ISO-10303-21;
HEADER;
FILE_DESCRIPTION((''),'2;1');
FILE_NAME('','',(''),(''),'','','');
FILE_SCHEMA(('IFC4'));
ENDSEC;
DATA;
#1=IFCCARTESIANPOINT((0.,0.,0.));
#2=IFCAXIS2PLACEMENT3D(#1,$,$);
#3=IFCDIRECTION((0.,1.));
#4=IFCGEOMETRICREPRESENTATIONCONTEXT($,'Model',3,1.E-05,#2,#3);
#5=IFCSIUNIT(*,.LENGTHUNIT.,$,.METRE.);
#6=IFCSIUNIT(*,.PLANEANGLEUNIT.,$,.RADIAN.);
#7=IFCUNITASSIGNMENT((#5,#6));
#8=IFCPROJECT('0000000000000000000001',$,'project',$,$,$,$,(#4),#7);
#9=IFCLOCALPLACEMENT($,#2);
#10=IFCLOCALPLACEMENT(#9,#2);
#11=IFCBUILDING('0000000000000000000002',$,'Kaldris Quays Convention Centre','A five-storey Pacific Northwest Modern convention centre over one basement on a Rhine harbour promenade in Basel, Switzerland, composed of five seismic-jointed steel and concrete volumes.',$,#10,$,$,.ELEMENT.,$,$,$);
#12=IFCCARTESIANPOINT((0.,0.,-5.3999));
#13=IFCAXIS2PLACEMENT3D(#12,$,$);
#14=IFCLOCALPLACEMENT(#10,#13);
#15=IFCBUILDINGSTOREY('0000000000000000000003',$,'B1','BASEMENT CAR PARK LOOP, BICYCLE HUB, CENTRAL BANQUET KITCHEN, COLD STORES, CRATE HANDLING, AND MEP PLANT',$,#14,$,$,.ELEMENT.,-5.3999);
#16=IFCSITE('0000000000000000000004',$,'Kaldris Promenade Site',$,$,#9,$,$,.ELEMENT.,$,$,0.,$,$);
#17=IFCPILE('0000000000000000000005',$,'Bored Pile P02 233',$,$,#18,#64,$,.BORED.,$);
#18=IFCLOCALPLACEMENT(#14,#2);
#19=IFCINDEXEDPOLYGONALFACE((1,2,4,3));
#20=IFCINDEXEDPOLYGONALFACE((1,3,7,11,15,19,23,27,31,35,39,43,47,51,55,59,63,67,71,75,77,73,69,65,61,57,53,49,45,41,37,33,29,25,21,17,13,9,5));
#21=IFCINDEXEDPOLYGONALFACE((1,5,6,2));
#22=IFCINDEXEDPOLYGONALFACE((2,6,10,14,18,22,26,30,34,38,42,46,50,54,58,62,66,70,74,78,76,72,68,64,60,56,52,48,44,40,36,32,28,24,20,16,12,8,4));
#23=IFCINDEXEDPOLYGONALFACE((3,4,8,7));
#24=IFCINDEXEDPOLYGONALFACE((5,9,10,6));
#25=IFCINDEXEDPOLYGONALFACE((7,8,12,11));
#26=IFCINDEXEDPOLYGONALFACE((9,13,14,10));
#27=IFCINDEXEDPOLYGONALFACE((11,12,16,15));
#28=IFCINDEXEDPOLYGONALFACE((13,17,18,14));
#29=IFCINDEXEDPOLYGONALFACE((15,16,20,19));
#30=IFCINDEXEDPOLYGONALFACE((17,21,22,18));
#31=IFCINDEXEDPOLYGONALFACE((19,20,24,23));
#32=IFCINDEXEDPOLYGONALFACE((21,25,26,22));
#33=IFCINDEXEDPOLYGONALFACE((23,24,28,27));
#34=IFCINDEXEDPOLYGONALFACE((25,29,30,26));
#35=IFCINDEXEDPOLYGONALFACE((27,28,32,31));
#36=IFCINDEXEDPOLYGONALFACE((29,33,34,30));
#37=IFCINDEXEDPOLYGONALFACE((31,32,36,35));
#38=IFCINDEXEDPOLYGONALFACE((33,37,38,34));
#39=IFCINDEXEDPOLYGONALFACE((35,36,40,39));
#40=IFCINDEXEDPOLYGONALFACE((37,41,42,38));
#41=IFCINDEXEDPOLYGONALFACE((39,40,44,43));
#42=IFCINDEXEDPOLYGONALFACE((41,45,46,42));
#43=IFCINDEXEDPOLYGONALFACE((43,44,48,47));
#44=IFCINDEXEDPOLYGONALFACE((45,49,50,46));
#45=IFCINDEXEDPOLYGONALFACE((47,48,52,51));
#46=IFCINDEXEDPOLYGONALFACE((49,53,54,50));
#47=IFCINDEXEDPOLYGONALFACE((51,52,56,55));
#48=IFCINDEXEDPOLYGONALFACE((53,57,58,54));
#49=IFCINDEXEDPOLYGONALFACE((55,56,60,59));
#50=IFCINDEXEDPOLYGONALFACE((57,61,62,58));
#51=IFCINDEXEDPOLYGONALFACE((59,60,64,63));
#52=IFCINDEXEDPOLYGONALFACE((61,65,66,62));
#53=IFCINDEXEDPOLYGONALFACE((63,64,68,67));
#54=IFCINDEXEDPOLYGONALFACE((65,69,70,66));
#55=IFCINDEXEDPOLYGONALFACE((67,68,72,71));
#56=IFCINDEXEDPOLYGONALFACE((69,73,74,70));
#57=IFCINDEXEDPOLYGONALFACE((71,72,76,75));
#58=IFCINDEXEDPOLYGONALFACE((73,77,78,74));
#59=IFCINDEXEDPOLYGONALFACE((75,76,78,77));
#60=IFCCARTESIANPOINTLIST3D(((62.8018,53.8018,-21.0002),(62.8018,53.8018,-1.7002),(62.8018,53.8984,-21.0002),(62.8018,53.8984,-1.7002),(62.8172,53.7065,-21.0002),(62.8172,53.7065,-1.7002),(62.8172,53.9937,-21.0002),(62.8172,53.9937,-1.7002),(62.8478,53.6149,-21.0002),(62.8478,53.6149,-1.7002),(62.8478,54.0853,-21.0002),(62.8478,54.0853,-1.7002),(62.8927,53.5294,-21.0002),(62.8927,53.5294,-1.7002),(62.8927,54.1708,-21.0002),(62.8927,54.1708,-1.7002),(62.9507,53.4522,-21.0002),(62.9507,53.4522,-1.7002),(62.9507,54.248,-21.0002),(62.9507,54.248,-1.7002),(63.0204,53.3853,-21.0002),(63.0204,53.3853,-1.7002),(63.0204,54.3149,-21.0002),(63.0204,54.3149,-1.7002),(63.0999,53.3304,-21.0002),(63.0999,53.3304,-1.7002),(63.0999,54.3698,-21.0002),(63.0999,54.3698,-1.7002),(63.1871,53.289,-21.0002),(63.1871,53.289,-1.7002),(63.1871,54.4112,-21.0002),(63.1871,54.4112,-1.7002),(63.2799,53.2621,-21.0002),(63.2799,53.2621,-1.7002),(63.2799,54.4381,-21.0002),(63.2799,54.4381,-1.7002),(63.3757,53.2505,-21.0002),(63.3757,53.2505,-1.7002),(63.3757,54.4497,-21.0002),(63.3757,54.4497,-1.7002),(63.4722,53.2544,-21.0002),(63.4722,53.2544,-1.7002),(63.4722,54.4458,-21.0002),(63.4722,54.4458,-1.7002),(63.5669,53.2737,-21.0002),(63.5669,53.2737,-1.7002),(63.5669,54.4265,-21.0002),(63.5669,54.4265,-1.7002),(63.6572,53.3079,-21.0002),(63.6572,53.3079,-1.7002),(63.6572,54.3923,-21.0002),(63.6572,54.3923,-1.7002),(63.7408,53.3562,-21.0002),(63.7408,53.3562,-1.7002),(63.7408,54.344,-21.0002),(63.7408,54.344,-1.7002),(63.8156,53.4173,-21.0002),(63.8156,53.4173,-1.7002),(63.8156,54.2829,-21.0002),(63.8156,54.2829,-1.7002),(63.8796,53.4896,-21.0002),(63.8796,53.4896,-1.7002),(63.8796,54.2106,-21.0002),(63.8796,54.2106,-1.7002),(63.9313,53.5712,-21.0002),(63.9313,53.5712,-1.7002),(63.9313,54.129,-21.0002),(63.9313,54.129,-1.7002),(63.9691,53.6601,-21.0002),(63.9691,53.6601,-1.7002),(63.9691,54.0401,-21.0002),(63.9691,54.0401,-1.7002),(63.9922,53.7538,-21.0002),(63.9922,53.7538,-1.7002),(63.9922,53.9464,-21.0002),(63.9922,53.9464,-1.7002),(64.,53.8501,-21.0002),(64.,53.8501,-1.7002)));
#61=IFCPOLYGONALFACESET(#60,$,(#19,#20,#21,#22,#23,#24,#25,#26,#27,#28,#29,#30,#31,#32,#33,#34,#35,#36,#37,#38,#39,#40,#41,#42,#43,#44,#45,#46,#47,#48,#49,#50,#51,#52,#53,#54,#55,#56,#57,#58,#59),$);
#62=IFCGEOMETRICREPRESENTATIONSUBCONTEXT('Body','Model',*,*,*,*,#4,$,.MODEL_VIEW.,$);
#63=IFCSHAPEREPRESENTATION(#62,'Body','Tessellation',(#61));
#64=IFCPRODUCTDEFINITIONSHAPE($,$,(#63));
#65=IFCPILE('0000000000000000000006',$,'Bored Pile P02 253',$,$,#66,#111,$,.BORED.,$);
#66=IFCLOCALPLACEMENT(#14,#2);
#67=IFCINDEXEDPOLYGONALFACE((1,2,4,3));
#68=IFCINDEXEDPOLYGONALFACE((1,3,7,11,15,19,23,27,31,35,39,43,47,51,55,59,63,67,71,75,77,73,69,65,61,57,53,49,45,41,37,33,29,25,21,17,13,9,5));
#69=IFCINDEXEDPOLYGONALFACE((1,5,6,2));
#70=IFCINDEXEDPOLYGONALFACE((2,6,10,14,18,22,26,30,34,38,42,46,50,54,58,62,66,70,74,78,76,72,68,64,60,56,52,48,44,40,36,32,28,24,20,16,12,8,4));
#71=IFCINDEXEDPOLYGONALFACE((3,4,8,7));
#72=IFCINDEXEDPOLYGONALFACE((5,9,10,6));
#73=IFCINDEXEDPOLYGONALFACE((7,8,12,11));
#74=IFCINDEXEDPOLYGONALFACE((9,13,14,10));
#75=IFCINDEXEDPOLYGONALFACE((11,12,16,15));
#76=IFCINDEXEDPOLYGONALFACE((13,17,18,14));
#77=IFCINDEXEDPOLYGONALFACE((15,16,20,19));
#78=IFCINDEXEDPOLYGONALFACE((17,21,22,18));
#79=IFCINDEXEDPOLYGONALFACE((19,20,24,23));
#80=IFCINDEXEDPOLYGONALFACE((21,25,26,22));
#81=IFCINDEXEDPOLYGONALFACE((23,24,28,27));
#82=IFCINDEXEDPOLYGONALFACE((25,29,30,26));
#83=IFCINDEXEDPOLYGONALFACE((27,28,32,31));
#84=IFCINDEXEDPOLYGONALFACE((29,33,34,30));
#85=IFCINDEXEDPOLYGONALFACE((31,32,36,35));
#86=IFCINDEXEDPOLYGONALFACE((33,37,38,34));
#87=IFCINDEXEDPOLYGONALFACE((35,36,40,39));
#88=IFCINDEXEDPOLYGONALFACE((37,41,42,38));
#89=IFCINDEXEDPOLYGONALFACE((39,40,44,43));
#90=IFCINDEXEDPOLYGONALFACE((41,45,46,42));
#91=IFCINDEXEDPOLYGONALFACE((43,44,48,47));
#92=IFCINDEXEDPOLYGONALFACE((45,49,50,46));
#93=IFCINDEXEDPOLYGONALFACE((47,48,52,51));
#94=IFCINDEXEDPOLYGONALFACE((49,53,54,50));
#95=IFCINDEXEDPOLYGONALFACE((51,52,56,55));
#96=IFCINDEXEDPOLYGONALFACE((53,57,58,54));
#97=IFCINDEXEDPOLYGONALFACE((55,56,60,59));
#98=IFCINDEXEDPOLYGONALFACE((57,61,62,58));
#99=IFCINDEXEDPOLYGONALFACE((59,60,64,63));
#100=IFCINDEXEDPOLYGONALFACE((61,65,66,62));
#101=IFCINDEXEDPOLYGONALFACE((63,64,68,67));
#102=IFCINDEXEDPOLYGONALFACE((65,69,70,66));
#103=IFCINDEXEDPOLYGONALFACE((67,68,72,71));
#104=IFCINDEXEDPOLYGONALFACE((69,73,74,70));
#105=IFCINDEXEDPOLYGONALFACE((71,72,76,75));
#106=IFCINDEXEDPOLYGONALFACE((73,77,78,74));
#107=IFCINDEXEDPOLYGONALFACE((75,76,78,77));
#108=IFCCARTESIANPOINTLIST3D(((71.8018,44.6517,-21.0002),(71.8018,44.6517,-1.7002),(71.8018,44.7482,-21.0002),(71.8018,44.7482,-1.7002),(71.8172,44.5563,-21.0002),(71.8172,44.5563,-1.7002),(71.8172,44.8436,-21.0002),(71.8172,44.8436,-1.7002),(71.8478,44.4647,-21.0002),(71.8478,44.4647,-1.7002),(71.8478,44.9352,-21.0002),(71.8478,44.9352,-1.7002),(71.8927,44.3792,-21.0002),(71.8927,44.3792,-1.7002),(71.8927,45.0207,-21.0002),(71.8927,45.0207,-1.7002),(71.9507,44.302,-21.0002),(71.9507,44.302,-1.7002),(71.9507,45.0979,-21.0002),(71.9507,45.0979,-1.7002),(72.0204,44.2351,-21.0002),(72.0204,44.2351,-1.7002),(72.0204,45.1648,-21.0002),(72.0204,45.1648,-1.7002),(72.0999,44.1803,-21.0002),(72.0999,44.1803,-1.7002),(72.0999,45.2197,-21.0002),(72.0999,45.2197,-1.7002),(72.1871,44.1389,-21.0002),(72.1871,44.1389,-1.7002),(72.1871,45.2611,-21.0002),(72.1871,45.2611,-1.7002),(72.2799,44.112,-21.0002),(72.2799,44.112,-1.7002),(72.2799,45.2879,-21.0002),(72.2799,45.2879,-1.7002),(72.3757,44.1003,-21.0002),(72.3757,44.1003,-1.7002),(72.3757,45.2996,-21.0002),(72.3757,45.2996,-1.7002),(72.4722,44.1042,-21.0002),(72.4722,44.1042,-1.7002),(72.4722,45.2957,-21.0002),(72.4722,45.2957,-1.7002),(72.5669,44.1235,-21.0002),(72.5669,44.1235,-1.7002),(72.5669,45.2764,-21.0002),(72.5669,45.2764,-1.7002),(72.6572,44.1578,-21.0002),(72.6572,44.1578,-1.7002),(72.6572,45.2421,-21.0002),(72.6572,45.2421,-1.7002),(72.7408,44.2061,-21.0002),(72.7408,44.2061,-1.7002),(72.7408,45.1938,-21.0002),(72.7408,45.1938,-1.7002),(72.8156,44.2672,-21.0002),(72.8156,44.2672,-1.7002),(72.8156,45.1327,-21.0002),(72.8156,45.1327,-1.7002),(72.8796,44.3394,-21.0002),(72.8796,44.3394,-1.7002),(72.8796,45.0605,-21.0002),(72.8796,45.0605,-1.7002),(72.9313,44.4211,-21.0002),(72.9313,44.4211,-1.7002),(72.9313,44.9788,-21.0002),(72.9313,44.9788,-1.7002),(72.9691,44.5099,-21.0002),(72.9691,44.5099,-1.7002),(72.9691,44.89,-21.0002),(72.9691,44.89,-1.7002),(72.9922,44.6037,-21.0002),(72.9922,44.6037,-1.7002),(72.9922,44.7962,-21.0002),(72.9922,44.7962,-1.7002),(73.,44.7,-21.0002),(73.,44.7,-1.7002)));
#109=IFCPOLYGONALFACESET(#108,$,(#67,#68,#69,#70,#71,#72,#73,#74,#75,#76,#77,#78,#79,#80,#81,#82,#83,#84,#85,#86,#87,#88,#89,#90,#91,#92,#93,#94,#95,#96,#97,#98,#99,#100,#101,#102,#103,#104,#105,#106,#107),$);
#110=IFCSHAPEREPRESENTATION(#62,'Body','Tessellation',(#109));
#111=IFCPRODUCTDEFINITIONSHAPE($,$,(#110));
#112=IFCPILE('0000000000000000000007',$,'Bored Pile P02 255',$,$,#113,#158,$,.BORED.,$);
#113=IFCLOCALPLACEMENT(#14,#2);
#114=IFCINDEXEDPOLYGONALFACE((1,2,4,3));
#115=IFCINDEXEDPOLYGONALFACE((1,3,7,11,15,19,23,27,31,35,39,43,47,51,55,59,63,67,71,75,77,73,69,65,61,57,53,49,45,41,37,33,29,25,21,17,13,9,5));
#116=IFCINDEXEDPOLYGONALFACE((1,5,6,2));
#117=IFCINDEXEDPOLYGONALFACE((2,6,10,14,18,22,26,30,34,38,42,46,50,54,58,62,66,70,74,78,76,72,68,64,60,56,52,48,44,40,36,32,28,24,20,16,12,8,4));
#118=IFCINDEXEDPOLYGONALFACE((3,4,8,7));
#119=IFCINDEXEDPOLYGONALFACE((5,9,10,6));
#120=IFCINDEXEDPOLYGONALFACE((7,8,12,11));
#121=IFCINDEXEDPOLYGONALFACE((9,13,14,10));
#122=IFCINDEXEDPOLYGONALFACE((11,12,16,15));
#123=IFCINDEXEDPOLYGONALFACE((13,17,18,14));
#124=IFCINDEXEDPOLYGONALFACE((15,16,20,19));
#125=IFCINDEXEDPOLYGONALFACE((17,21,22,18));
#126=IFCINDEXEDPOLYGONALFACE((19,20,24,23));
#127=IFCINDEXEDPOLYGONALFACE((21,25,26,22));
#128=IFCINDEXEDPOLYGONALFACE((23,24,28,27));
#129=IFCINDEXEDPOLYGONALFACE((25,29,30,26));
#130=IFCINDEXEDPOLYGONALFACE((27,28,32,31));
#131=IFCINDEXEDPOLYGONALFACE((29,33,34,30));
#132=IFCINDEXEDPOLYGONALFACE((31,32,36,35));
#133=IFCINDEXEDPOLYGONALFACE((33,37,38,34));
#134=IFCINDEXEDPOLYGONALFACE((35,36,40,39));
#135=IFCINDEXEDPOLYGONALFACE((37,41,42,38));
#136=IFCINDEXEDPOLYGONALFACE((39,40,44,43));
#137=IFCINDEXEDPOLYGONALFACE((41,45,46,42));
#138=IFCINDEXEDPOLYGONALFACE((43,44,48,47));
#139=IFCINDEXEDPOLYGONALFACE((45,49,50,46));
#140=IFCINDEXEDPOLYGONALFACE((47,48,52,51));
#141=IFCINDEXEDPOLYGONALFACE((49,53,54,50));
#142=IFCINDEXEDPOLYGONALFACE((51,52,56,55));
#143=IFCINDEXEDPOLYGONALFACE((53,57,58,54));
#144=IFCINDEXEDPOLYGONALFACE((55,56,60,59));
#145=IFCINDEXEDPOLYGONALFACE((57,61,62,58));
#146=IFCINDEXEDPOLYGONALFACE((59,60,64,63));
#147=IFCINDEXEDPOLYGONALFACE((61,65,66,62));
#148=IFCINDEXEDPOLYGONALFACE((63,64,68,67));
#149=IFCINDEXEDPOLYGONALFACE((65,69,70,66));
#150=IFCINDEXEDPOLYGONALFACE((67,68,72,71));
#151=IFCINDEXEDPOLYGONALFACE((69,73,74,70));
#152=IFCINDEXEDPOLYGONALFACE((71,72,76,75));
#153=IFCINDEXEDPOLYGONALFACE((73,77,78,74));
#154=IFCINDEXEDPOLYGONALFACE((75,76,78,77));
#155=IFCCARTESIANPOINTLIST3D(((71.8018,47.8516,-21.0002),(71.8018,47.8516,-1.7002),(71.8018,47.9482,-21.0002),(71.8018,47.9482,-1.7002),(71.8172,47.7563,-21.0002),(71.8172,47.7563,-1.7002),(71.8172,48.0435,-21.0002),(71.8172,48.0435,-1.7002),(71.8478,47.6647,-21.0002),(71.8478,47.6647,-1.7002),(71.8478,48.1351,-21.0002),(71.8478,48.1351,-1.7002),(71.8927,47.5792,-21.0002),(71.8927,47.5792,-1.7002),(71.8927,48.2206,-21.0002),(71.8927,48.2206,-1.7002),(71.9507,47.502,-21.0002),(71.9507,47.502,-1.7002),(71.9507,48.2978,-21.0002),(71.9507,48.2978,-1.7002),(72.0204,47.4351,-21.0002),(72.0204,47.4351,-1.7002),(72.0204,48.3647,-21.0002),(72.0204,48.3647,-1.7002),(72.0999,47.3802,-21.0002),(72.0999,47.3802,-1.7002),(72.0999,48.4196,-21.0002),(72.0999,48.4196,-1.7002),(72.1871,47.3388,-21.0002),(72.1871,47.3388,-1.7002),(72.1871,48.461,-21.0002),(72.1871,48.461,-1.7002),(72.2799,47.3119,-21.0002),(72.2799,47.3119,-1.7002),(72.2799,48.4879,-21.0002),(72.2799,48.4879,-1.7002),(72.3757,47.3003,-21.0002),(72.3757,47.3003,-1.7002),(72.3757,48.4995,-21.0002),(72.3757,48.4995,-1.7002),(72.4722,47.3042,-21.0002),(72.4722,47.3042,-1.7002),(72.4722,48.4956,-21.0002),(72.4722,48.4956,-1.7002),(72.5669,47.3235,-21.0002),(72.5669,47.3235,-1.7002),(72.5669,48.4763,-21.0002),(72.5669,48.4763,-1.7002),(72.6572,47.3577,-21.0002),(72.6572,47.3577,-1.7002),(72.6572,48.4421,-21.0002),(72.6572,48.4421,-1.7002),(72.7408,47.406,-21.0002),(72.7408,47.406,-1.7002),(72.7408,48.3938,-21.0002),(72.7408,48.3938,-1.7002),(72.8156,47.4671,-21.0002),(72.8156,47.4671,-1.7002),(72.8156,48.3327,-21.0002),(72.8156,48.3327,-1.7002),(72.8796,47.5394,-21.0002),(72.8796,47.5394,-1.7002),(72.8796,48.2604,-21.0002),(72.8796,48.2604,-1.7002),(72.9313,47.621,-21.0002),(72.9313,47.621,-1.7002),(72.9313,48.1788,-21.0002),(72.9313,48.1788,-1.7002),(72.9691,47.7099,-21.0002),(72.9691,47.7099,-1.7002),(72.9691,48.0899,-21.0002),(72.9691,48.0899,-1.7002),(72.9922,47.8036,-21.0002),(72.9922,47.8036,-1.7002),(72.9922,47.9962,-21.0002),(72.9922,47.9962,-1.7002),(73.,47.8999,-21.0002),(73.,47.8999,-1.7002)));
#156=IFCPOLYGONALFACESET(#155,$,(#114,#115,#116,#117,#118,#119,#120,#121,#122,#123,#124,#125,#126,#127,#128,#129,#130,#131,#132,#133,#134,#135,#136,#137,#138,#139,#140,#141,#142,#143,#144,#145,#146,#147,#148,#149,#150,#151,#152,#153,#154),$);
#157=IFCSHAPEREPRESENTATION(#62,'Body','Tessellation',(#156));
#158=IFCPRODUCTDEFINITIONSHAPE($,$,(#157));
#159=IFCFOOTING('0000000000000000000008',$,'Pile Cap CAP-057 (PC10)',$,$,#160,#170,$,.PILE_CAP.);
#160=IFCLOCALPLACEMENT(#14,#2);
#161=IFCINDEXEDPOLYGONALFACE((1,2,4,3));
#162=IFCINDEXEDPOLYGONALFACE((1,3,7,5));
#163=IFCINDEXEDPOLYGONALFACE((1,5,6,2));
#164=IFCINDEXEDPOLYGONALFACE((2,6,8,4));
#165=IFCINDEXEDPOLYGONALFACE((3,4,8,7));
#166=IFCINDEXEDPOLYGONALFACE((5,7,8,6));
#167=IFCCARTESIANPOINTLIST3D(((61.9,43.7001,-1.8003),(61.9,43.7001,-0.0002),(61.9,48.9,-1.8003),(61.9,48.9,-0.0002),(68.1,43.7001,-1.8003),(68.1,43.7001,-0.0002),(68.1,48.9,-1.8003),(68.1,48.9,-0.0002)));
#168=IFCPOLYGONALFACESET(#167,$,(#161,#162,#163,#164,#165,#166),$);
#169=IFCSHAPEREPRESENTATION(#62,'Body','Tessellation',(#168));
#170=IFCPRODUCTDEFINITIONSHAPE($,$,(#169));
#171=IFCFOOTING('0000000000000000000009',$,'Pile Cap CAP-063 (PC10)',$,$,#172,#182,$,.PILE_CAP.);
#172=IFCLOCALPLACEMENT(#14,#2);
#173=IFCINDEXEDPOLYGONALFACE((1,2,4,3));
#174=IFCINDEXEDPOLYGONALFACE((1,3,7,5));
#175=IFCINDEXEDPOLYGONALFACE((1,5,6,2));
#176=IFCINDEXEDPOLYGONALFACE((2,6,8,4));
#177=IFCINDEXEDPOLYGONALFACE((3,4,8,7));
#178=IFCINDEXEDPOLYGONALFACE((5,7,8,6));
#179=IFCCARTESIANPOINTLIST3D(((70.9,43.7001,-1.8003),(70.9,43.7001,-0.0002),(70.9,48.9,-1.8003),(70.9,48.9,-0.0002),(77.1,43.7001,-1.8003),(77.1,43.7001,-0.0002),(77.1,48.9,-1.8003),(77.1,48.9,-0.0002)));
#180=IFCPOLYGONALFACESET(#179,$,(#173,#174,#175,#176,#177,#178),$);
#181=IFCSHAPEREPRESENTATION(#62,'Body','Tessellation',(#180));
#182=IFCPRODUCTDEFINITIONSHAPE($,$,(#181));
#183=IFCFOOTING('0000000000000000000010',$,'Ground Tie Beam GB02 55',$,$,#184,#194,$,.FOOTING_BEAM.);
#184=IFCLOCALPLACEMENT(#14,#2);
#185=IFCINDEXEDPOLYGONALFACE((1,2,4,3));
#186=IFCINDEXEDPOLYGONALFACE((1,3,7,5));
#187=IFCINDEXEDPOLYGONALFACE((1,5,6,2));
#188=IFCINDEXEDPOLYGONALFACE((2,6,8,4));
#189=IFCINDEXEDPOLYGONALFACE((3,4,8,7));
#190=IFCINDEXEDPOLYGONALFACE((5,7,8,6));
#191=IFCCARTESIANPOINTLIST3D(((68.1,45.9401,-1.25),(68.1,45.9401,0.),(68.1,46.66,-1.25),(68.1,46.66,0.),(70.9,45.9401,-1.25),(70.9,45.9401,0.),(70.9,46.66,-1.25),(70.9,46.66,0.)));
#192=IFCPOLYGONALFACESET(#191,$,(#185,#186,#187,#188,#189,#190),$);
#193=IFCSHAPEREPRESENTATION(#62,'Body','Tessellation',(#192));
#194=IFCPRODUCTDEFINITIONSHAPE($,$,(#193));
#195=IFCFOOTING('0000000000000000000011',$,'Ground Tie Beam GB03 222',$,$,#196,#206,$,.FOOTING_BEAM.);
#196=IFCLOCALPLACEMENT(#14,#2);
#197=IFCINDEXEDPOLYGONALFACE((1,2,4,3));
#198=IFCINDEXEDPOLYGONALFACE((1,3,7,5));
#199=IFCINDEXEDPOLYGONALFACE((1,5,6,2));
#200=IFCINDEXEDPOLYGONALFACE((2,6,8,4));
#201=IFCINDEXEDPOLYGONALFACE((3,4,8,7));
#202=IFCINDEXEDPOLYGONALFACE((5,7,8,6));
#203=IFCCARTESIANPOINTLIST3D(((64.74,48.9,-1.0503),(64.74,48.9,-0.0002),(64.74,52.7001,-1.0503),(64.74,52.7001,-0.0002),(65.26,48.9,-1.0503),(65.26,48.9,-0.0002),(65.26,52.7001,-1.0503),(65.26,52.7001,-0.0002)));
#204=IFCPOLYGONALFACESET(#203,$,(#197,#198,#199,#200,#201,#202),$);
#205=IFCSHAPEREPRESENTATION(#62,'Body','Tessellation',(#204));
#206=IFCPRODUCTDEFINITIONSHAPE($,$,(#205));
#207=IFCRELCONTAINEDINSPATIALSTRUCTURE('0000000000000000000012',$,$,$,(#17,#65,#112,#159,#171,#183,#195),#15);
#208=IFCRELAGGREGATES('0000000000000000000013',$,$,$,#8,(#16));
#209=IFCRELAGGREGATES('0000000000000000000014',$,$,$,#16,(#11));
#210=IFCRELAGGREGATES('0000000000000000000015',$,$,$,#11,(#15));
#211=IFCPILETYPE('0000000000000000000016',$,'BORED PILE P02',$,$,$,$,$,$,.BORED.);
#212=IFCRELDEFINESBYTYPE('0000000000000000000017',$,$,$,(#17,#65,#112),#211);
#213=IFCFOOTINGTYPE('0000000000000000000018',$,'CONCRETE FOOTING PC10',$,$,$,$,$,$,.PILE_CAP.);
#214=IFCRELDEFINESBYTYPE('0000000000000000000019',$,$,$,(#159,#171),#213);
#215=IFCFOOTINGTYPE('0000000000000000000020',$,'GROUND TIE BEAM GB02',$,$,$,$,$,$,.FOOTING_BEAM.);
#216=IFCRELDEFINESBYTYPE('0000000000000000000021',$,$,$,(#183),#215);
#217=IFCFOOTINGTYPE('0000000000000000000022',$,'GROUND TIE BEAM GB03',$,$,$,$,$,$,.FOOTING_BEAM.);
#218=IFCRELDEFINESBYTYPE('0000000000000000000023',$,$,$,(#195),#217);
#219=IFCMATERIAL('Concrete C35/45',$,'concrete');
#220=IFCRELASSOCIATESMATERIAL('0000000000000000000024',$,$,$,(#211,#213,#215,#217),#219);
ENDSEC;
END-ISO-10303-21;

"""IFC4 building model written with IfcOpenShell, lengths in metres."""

from ifc_helpers import new_model, si_unit, direction, frame, origin, origin_2d, place, context, subcontext, project, spatial, rectangle, circle, extrude, material, material_profile, profile_set, type_object, element, save


model = new_model("IFC4")

# Units and contexts
model_context = context("Model", 3, precision=1e-05, world=origin(), true_north=direction((0.0, 1.0)))
body_context = subcontext(model_context, "Body", "Model", "MODEL_VIEW")
ifc_project = project(units=[si_unit("LENGTHUNIT", "METRE"), si_unit("PLANEANGLEUNIT", "RADIAN")], contexts=[model_context])

# Site, building, storey
site_placement = place(None, origin())
site = spatial("IfcSite", under=ifc_project, at=site_placement, Name="Kaldris Promenade Site", CompositionType="ELEMENT", RefElevation=0.0)
building_placement = place(site_placement, origin())
building = spatial("IfcBuilding", under=site, at=building_placement, Name="Kaldris Quays Convention Centre", Description="A five-storey Pacific Northwest Modern convention centre over one basement on a Rhine harbour promenade in Basel, Switzerland, composed of five seismic-jointed steel and concrete volumes.", CompositionType="ELEMENT")
storey_placement = place(building_placement, frame((0.0, 0.0, -5.3999)))
storey = spatial("IfcBuildingStorey", under=building, at=storey_placement, Name="B1", Description="BASEMENT CAR PARK LOOP, BICYCLE HUB, CENTRAL BANQUET KITCHEN, COLD STORES, CRATE HANDLING, AND MEP PLANT", CompositionType="ELEMENT", Elevation=-5.3999)

# Piles
ifc_material_1 = material(Name="Concrete C35/45", Category="concrete")
ifc_material_profile_1 = material_profile(ifc_material_1, circle(Radius=0.6001, at=origin_2d()), Name="BORED PILE D1200")
ifc_profile_set_1 = profile_set([ifc_material_profile_1], Name="Concrete C35/45")
pile_type = type_object("IfcPileType", Name="BORED PILE P02", PredefinedType="BORED", material=ifc_profile_set_1)
for number, where, z_axis, x_axis, name in (
    (1, (63.3999, 53.8501, -1.7002), (0.0, 0.0, -1.0), (1.0, 0.0, 0.0), "Bored Pile P02 233"),
    (2, (72.3999, 44.7, -1.7002), (0.0, 0.0, -1.0), (1.0, 0.0, 0.0), "Bored Pile P02 253"),
    (3, (72.3999, 47.8999, -1.7002), (0.0, 0.0, -1.0), (1.0, 0.0, 0.0), "Bored Pile P02 255"),
):
    element("IfcPile", number, at=place(storey_placement, frame(where, z_axis=z_axis, x_axis=x_axis)), inside=storey, type_object=pile_type, Name=name, PredefinedType="BORED", context=body_context, shape_type="SweptSolid", body=[
        extrude(circle(Radius=0.6001, at=origin_2d()), origin(), (0.0, 0.0, 1.0), 19.3),
    ])

# Footings
footing_type_1 = type_object("IfcFootingType", Name="CONCRETE FOOTING PC10", PredefinedType="PILE_CAP", material=ifc_material_1)
for number, where, z_axis, x_axis, name in (
    (4, (65.0, 46.3, -1.8003), (0.0, 0.0, 1.0), (1.0, 0.0, 0.0), "Pile Cap CAP-057 (PC10)"),
    (5, (74.0, 46.3, -1.8003), (0.0, 0.0, 1.0), (1.0, 0.0, 0.0), "Pile Cap CAP-063 (PC10)"),
):
    element("IfcFooting", number, at=place(storey_placement, frame(where, z_axis=z_axis, x_axis=x_axis)), inside=storey, type_object=footing_type_1, Name=name, PredefinedType="PILE_CAP", context=body_context, shape_type="SweptSolid", body=[
        extrude(rectangle(XDim=6.2, YDim=5.2, at=origin_2d()), origin(), (0.0, 0.0, 1.0), 1.8),
    ])
footing_type_2 = type_object("IfcFootingType", Name="GROUND TIE BEAM GB02", PredefinedType="FOOTING_BEAM", material=ifc_material_1)
footing_1_placement = place(storey_placement, frame((69.5, 46.3, -1.25), z_axis=(0.0, 0.0, 1.0), x_axis=(1.0, 0.0, 0.0)))
element("IfcFooting", 6, at=footing_1_placement, inside=storey, type_object=footing_type_2, Name="Ground Tie Beam GB02 55", PredefinedType="FOOTING_BEAM", context=body_context, shape_type="SweptSolid", body=[
    extrude(rectangle(XDim=2.8, YDim=0.72, at=origin_2d()), origin(), (0.0, 0.0, 1.0), 1.25),
])
footing_type_3 = type_object("IfcFootingType", Name="GROUND TIE BEAM GB03", PredefinedType="FOOTING_BEAM", material=ifc_material_1)
footing_2_placement = place(storey_placement, frame((65.0, 50.8, -1.0503), z_axis=(0.0, 0.0, 1.0), x_axis=(1.0, 0.0, 0.0)))
element("IfcFooting", 7, at=footing_2_placement, inside=storey, type_object=footing_type_3, Name="Ground Tie Beam GB03 222", PredefinedType="FOOTING_BEAM", context=body_context, shape_type="SweptSolid", body=[
    extrude(rectangle(XDim=0.52, YDim=3.8, at=origin_2d()), origin(), (0.0, 0.0, 1.0), 1.05),
])

save(model, "model.ifc")
